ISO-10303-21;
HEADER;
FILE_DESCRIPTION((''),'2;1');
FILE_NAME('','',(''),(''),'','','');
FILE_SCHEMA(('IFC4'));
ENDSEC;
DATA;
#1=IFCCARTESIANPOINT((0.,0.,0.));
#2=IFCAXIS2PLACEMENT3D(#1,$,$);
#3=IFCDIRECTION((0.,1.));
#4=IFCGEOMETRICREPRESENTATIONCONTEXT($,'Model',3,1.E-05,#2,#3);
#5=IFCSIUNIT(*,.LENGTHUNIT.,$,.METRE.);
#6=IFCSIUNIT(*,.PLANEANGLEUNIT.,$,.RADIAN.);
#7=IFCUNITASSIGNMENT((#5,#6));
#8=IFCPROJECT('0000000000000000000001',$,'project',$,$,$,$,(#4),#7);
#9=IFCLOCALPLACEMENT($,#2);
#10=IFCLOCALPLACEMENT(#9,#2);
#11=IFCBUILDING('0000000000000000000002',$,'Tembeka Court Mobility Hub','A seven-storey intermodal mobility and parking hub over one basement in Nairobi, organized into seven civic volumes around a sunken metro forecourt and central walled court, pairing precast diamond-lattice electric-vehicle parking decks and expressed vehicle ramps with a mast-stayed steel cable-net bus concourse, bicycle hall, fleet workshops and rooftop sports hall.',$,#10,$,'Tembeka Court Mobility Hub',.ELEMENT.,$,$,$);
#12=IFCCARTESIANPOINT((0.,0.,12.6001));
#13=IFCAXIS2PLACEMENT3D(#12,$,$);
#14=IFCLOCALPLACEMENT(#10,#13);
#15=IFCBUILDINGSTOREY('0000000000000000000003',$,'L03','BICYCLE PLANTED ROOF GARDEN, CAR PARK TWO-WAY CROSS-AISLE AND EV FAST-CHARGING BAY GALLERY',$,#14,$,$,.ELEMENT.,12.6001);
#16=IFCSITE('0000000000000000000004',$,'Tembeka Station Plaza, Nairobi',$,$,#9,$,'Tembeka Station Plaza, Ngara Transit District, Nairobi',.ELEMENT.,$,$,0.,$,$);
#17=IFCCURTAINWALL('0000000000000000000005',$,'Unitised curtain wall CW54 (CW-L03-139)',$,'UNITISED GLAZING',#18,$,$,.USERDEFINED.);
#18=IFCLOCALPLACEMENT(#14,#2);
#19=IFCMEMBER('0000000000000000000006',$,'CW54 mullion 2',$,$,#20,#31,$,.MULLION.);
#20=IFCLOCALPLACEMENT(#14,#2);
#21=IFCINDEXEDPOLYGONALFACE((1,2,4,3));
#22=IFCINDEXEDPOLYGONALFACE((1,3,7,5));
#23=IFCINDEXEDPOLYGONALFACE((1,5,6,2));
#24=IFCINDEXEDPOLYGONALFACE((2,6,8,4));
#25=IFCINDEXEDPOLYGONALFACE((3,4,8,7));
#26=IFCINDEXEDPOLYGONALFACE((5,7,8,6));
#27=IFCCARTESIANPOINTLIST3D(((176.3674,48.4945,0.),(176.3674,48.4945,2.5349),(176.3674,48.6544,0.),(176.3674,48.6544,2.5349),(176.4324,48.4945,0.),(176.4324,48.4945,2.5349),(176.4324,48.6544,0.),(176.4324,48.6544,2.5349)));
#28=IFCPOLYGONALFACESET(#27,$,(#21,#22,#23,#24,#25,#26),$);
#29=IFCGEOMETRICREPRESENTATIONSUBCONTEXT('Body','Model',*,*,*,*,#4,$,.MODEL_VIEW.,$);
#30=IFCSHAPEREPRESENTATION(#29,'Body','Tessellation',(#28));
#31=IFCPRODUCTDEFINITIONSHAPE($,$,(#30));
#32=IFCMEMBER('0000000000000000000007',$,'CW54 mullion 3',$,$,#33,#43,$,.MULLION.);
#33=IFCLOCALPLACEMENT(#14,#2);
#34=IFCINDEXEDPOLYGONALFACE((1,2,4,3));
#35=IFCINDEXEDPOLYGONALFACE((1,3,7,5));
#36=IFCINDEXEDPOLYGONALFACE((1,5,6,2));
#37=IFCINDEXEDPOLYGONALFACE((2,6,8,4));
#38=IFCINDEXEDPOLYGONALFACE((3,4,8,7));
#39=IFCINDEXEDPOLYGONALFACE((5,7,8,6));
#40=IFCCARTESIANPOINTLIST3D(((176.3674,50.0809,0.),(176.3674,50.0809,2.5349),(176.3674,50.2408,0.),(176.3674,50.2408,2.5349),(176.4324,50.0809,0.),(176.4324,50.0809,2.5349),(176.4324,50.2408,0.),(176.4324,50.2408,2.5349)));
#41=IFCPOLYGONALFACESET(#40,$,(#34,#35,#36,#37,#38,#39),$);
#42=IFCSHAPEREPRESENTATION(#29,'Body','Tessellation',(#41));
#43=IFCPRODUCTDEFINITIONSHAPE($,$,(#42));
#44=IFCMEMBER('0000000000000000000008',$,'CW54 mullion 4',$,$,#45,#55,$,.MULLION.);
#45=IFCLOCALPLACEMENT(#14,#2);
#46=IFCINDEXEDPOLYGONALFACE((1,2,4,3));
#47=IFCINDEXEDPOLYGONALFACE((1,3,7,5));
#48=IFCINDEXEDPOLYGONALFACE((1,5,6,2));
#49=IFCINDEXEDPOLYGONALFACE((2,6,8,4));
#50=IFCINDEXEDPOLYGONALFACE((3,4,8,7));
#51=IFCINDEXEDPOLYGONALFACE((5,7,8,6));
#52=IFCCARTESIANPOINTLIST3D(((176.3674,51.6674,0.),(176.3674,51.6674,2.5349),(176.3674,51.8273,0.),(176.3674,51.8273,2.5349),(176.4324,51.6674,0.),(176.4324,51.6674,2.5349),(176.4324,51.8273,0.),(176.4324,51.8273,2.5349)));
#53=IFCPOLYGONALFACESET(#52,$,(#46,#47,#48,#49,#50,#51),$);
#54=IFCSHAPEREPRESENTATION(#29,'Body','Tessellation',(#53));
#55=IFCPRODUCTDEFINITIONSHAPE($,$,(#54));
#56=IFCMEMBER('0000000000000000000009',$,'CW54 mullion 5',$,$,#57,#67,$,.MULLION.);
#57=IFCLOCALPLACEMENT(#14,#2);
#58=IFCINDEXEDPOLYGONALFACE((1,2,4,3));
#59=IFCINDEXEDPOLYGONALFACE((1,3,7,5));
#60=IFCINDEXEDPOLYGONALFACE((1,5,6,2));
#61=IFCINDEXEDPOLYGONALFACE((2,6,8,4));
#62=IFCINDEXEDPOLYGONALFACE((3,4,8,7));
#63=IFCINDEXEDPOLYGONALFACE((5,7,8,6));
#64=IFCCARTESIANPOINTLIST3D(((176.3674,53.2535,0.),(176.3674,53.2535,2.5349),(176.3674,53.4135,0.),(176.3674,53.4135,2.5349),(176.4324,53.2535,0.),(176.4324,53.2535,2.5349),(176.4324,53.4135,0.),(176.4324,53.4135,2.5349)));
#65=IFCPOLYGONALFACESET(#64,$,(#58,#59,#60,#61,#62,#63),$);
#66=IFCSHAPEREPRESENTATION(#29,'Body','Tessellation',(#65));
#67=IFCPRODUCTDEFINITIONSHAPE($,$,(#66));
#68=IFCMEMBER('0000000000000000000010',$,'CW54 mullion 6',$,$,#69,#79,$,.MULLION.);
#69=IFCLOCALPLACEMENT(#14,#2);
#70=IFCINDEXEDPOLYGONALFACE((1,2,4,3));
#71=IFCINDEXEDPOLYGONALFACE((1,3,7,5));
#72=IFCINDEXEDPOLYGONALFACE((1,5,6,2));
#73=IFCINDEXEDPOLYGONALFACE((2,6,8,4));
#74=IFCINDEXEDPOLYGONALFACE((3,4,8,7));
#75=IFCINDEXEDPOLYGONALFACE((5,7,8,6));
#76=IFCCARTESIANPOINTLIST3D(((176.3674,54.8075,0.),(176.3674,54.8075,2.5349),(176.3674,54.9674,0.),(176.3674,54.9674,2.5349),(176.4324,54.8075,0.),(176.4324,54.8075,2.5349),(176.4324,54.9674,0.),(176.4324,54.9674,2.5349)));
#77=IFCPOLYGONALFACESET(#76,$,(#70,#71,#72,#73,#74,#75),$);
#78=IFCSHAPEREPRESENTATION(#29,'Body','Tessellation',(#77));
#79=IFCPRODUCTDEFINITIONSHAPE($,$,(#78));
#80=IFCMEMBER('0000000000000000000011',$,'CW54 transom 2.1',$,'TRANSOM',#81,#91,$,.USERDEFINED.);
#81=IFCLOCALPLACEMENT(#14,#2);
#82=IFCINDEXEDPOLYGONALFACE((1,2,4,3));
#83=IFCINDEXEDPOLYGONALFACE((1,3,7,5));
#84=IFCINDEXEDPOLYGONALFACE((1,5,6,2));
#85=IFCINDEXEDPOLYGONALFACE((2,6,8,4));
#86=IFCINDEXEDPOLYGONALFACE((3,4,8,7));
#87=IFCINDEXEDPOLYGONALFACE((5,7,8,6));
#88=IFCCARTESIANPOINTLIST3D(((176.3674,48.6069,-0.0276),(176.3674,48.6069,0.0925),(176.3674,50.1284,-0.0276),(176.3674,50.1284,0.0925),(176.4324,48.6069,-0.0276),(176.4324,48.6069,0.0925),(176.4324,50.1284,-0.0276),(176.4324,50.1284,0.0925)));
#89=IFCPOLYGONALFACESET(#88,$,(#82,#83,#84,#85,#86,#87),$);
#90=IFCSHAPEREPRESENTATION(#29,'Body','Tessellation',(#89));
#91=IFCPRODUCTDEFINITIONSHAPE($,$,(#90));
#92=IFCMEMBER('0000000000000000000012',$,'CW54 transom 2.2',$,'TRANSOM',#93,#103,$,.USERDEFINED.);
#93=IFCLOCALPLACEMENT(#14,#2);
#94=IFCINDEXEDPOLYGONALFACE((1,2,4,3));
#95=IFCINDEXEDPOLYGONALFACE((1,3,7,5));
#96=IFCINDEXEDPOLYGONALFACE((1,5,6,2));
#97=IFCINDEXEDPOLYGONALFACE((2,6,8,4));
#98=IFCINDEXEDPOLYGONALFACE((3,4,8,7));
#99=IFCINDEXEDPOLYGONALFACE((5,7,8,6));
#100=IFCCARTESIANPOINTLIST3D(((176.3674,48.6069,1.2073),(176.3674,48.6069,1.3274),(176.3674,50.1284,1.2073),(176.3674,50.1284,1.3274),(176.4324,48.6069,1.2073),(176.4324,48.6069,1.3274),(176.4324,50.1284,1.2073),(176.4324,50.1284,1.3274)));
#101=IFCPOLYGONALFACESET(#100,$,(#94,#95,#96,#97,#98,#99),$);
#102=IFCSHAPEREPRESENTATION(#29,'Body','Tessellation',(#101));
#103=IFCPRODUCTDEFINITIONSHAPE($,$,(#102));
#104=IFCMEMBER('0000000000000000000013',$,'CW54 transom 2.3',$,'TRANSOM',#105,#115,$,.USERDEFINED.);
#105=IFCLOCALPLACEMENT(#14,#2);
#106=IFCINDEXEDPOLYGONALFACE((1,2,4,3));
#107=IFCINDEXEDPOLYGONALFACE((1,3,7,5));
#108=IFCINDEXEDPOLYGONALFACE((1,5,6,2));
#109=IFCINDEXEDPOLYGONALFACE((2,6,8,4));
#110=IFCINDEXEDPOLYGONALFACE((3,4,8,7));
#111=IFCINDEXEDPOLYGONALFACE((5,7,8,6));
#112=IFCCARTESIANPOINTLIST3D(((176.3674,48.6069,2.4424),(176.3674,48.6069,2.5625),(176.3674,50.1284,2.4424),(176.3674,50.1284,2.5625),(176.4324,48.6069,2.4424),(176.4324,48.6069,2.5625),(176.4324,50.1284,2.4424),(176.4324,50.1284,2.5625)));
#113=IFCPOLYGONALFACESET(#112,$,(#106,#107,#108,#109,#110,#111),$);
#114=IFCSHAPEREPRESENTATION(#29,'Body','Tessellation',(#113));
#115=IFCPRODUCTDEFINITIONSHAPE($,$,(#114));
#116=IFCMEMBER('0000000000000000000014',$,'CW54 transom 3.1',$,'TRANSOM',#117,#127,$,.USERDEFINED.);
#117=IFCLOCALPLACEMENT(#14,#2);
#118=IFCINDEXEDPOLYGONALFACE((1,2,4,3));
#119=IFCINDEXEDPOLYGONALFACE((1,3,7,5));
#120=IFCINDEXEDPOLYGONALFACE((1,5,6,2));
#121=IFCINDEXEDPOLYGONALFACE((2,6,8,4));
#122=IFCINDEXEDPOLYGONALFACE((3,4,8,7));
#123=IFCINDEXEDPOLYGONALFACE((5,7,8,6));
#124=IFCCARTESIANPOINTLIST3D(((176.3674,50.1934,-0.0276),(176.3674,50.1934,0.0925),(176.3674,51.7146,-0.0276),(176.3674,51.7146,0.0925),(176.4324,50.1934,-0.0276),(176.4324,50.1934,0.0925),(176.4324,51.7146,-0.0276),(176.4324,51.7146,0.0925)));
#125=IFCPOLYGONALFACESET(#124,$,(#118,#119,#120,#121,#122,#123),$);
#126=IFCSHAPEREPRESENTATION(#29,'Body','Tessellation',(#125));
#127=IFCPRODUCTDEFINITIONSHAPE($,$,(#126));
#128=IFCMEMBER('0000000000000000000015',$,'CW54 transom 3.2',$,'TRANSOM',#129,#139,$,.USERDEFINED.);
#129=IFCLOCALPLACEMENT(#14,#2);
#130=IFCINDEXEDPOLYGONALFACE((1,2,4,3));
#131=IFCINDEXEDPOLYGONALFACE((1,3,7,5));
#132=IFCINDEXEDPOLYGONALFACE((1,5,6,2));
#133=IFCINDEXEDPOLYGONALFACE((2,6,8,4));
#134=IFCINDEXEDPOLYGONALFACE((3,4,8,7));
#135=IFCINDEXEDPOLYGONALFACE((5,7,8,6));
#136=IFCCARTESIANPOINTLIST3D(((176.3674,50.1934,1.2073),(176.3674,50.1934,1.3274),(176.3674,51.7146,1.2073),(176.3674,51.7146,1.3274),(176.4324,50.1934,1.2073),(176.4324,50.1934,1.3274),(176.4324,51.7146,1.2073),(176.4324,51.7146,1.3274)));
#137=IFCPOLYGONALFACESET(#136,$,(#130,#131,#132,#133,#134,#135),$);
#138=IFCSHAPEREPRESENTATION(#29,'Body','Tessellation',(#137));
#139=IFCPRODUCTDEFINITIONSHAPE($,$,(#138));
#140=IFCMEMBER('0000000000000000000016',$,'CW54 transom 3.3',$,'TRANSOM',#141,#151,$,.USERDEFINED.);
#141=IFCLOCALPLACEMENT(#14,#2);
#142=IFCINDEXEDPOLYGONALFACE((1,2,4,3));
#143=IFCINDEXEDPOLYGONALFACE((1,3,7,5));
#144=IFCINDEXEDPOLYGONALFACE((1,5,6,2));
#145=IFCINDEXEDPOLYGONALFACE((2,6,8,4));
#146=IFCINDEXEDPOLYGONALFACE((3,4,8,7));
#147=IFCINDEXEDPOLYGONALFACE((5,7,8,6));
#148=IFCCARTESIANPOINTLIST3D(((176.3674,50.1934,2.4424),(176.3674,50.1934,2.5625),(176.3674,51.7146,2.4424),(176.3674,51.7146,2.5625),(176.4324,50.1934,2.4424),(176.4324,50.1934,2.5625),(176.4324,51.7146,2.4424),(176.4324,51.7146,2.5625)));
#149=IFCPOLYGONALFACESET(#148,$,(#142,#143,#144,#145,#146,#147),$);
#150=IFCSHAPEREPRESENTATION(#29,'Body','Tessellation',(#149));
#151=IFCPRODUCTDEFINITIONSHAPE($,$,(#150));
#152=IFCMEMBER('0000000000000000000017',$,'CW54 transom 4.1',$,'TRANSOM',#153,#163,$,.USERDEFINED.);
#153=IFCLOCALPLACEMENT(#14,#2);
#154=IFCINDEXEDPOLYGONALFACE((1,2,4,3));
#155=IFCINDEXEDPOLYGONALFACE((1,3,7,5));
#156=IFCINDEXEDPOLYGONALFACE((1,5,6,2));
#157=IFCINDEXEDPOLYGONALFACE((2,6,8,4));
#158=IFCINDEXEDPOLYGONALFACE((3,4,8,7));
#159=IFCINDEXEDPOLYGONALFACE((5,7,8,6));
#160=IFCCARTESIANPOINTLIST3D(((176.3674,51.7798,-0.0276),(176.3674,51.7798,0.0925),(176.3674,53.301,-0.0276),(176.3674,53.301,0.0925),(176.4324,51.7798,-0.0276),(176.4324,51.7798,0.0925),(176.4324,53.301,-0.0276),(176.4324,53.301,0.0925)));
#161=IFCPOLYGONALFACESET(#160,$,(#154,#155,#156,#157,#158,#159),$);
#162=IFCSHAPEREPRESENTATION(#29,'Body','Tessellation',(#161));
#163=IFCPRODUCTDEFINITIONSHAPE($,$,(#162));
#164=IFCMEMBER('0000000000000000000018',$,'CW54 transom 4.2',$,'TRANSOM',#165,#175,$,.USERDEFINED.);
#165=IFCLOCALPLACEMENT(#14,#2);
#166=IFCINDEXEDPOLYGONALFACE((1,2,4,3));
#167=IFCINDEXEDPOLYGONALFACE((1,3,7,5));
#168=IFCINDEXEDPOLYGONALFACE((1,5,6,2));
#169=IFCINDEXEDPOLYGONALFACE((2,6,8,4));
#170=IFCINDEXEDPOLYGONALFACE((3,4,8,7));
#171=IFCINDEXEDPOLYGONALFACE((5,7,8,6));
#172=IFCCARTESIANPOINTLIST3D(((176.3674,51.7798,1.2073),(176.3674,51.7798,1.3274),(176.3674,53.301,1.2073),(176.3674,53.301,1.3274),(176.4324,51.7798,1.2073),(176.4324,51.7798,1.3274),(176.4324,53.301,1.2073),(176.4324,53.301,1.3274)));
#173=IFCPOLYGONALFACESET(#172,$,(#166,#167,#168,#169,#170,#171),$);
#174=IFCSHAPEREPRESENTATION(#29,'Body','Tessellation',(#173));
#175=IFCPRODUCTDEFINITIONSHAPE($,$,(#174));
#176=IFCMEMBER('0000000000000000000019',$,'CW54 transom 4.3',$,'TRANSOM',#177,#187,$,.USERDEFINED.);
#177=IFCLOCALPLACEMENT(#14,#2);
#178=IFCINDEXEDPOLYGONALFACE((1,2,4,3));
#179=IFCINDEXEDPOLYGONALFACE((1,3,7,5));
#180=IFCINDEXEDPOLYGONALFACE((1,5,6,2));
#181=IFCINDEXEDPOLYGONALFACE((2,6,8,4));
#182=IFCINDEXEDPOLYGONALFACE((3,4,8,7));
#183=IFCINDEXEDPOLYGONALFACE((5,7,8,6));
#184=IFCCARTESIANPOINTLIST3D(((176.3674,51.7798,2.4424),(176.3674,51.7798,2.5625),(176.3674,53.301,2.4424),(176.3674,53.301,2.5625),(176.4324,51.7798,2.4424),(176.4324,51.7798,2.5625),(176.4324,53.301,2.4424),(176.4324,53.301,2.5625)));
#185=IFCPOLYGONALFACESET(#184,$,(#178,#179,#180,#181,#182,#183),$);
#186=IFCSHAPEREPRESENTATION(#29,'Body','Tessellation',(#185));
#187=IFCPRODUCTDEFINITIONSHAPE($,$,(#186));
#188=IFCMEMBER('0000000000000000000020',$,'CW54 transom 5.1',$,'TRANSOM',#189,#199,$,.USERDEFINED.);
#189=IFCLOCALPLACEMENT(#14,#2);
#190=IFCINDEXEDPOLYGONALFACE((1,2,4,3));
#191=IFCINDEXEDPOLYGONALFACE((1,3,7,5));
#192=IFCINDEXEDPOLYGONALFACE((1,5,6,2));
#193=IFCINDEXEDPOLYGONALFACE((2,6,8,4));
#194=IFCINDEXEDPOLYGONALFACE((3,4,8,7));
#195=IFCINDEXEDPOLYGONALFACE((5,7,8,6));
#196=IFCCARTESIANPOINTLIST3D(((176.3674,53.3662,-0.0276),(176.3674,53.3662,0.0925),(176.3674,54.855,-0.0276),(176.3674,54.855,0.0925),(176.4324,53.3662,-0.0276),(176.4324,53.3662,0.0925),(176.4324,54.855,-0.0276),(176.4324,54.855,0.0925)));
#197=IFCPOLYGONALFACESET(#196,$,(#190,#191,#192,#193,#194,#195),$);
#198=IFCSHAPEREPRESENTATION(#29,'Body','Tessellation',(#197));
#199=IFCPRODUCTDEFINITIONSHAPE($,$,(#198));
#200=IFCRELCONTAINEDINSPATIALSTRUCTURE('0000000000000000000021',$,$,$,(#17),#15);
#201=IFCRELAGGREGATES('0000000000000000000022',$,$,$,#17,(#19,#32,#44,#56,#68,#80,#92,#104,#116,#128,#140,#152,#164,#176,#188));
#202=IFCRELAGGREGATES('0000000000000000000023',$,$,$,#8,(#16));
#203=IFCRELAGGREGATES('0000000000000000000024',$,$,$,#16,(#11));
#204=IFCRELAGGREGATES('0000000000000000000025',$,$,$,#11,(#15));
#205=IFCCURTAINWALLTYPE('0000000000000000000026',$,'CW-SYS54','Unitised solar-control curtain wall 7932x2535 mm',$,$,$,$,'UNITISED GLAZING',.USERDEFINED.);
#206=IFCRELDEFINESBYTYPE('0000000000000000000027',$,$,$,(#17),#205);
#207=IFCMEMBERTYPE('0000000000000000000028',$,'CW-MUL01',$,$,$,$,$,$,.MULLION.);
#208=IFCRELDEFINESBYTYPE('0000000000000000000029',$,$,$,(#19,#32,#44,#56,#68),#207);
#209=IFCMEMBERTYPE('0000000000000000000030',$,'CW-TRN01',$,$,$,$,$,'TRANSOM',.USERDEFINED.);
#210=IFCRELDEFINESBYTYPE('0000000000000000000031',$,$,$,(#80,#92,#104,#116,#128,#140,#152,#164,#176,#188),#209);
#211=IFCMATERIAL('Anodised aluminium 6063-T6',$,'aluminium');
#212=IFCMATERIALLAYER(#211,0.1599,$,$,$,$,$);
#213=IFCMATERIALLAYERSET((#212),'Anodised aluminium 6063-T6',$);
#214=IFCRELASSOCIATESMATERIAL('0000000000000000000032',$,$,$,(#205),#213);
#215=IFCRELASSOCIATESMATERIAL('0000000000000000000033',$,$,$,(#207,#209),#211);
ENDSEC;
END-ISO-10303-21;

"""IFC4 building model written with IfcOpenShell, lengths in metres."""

from ifc_helpers import new_model, si_unit, direction, frame, origin, origin_2d, place, context, subcontext, project, spatial, rectangle, extrude, material, layer, layer_set, material_profile, profile_set, type_object, element, aggregate, save


model = new_model("IFC4")

# Units and contexts
model_context = context("Model", 3, precision=1e-05, world=origin(), true_north=direction((0.0, 1.0)))
body_context = subcontext(model_context, "Body", "Model", "MODEL_VIEW")
ifc_project = project(units=[si_unit("LENGTHUNIT", "METRE"), si_unit("PLANEANGLEUNIT", "RADIAN")], contexts=[model_context])

# Site, building, storey
site_placement = place(None, origin())
site = spatial("IfcSite", under=ifc_project, at=site_placement, Name="Tembeka Station Plaza, Nairobi", LongName="Tembeka Station Plaza, Ngara Transit District, Nairobi", CompositionType="ELEMENT", RefElevation=0.0)
building_placement = place(site_placement, origin())
building = spatial("IfcBuilding", under=site, at=building_placement, Name="Tembeka Court Mobility Hub", Description="A seven-storey intermodal mobility and parking hub over one basement in Nairobi, organized into seven civic volumes around a sunken metro forecourt and central walled court, pairing precast diamond-lattice electric-vehicle parking decks and expressed vehicle ramps with a mast-stayed steel cable-net bus concourse, bicycle hall, fleet workshops and rooftop sports hall.", LongName="Tembeka Court Mobility Hub", CompositionType="ELEMENT")
storey_placement = place(building_placement, frame((0.0, 0.0, 12.6001)))
storey = spatial("IfcBuildingStorey", under=building, at=storey_placement, Name="L03", Description="BICYCLE PLANTED ROOF GARDEN, CAR PARK TWO-WAY CROSS-AISLE AND EV FAST-CHARGING BAY GALLERY", CompositionType="ELEMENT", Elevation=12.6001)

# Curtain wall, members
ifc_material_1 = material(Name="Anodised aluminium 6063-T6", Category="aluminium")
ifc_layer_1 = layer(ifc_material_1, 0.1599)
ifc_layer_set_1 = layer_set([ifc_layer_1], Name="Anodised aluminium 6063-T6")
curtain_wall_type_1 = type_object("IfcCurtainWallType", Name="CW-SYS54", Description="Unitised solar-control curtain wall 7932x2535 mm", ElementType="UNITISED GLAZING", PredefinedType="USERDEFINED", material=ifc_layer_set_1)
curtain_wall_1_placement = place(storey_placement, origin())
curtain_wall_1 = element("IfcCurtainWall", 1, at=curtain_wall_1_placement, inside=storey, type_object=curtain_wall_type_1, Name="Unitised curtain wall CW54 (CW-L03-139)", ObjectType="UNITISED GLAZING", PredefinedType="USERDEFINED")
ifc_material_profile_1 = material_profile(ifc_material_1, rectangle(XDim=0.0649, YDim=0.1599, at=origin_2d()), Name="ALU-MUL 65x160")
ifc_profile_set_1 = profile_set([ifc_material_profile_1], Name="Anodised aluminium 6063-T6")
member_type_1 = type_object("IfcMemberType", Name="CW-MUL01", PredefinedType="MULLION", material=ifc_profile_set_1)
member_1_placement = place(storey_placement, frame((176.3999, 48.5745, 0.0), z_axis=(0.0, 0.0, 1.0), x_axis=(-1.0, 0.0, 0.0)))
member_1 = element("IfcMember", 2, at=member_1_placement, type_object=member_type_1, Name="CW54 mullion 2", PredefinedType="MULLION", context=body_context, shape_type="SweptSolid", body=[
    extrude(rectangle(XDim=0.0649, YDim=0.1599, at=origin_2d()), origin(), (0.0, 0.0, 1.0), 2.5349),
])
member_2_placement = place(storey_placement, frame((176.3999, 50.1609, 0.0), z_axis=(0.0, 0.0, 1.0), x_axis=(-1.0, 0.0, 0.0)))
member_2 = element("IfcMember", 3, at=member_2_placement, type_object=member_type_1, Name="CW54 mullion 3", PredefinedType="MULLION", context=body_context, shape_type="SweptSolid", body=[
    extrude(rectangle(XDim=0.0649, YDim=0.1599, at=origin_2d()), origin(), (0.0, 0.0, 1.0), 2.5349),
])
member_3_placement = place(storey_placement, frame((176.3999, 51.7473, 0.0), z_axis=(0.0, 0.0, 1.0), x_axis=(-1.0, 0.0, 0.0)))
member_3 = element("IfcMember", 4, at=member_3_placement, type_object=member_type_1, Name="CW54 mullion 4", PredefinedType="MULLION", context=body_context, shape_type="SweptSolid", body=[
    extrude(rectangle(XDim=0.0649, YDim=0.1599, at=origin_2d()), origin(), (0.0, 0.0, 1.0), 2.5349),
])
member_4_placement = place(storey_placement, frame((176.3999, 53.3335, 0.0), z_axis=(0.0, 0.0, 1.0), x_axis=(-1.0, 0.0, 0.0)))
member_4 = element("IfcMember", 5, at=member_4_placement, type_object=member_type_1, Name="CW54 mullion 5", PredefinedType="MULLION", context=body_context, shape_type="SweptSolid", body=[
    extrude(rectangle(XDim=0.0649, YDim=0.1599, at=origin_2d()), origin(), (0.0, 0.0, 1.0), 2.5349),
])
member_5_placement = place(storey_placement, frame((176.3999, 54.8875, 0.0), z_axis=(0.0, 0.0, 1.0), x_axis=(-1.0, 0.0, 0.0)))
member_5 = element("IfcMember", 6, at=member_5_placement, type_object=member_type_1, Name="CW54 mullion 6", PredefinedType="MULLION", context=body_context, shape_type="SweptSolid", body=[
    extrude(rectangle(XDim=0.0649, YDim=0.1599, at=origin_2d()), origin(), (0.0, 0.0, 1.0), 2.5349),
])
ifc_material_profile_2 = material_profile(ifc_material_1, rectangle(XDim=0.0649, YDim=0.1201, at=origin_2d()), Name="ALU-TRN 65x120")
ifc_profile_set_2 = profile_set([ifc_material_profile_2], Name="Anodised aluminium 6063-T6")
member_type_2 = type_object("IfcMemberType", Name="CW-TRN01", ElementType="TRANSOM", PredefinedType="USERDEFINED", material=ifc_profile_set_2)
member_6_placement = place(storey_placement, frame((176.3999, 48.6069, 0.0325), z_axis=(0.0, 1.0, 0.0), x_axis=(-1.0, 0.0, 0.0)))
member_6 = element("IfcMember", 7, at=member_6_placement, type_object=member_type_2, Name="CW54 transom 2.1", ObjectType="TRANSOM", PredefinedType="USERDEFINED", context=body_context, shape_type="SweptSolid", body=[
    extrude(rectangle(XDim=0.0649, YDim=0.1201, at=origin_2d()), origin(), (0.0, 0.0, 1.0), 1.5215),
])
member_7_placement = place(storey_placement, frame((176.3999, 48.6069, 1.2673), z_axis=(0.0, 1.0, 0.0), x_axis=(-1.0, 0.0, 0.0)))
member_7 = element("IfcMember", 8, at=member_7_placement, type_object=member_type_2, Name="CW54 transom 2.2", ObjectType="TRANSOM", PredefinedType="USERDEFINED", context=body_context, shape_type="SweptSolid", body=[
    extrude(rectangle(XDim=0.0649, YDim=0.1201, at=origin_2d()), origin(), (0.0, 0.0, 1.0), 1.5215),
])
member_8_placement = place(storey_placement, frame((176.3999, 48.6069, 2.5024), z_axis=(0.0, 1.0, 0.0), x_axis=(-1.0, 0.0, 0.0)))
member_8 = element("IfcMember", 9, at=member_8_placement, type_object=member_type_2, Name="CW54 transom 2.3", ObjectType="TRANSOM", PredefinedType="USERDEFINED", context=body_context, shape_type="SweptSolid", body=[
    extrude(rectangle(XDim=0.0649, YDim=0.1201, at=origin_2d()), origin(), (0.0, 0.0, 1.0), 1.5215),
])
member_9_placement = place(storey_placement, frame((176.3999, 50.1934, 0.0325), z_axis=(0.0, 1.0, 0.0), x_axis=(-1.0, 0.0, 0.0)))
member_9 = element("IfcMember", 10, at=member_9_placement, type_object=member_type_2, Name="CW54 transom 3.1", ObjectType="TRANSOM", PredefinedType="USERDEFINED", context=body_context, shape_type="SweptSolid", body=[
    extrude(rectangle(XDim=0.0649, YDim=0.1201, at=origin_2d()), origin(), (0.0, 0.0, 1.0), 1.5212),
])
member_10_placement = place(storey_placement, frame((176.3999, 50.1934, 1.2673), z_axis=(0.0, 1.0, 0.0), x_axis=(-1.0, 0.0, 0.0)))
member_10 = element("IfcMember", 11, at=member_10_placement, type_object=member_type_2, Name="CW54 transom 3.2", ObjectType="TRANSOM", PredefinedType="USERDEFINED", context=body_context, shape_type="SweptSolid", body=[
    extrude(rectangle(XDim=0.0649, YDim=0.1201, at=origin_2d()), origin(), (0.0, 0.0, 1.0), 1.5212),
])
member_11_placement = place(storey_placement, frame((176.3999, 50.1934, 2.5024), z_axis=(0.0, 1.0, 0.0), x_axis=(-1.0, 0.0, 0.0)))
member_11 = element("IfcMember", 12, at=member_11_placement, type_object=member_type_2, Name="CW54 transom 3.3", ObjectType="TRANSOM", PredefinedType="USERDEFINED", context=body_context, shape_type="SweptSolid", body=[
    extrude(rectangle(XDim=0.0649, YDim=0.1201, at=origin_2d()), origin(), (0.0, 0.0, 1.0), 1.5212),
])
member_12_placement = place(storey_placement, frame((176.3999, 51.7798, 0.0325), z_axis=(0.0, 1.0, 0.0), x_axis=(-1.0, 0.0, 0.0)))
member_12 = element("IfcMember", 13, at=member_12_placement, type_object=member_type_2, Name="CW54 transom 4.1", ObjectType="TRANSOM", PredefinedType="USERDEFINED", context=body_context, shape_type="SweptSolid", body=[
    extrude(rectangle(XDim=0.0649, YDim=0.1201, at=origin_2d()), origin(), (0.0, 0.0, 1.0), 1.5212),
])
member_13_placement = place(storey_placement, frame((176.3999, 51.7798, 1.2673), z_axis=(0.0, 1.0, 0.0), x_axis=(-1.0, 0.0, 0.0)))
member_13 = element("IfcMember", 14, at=member_13_placement, type_object=member_type_2, Name="CW54 transom 4.2", ObjectType="TRANSOM", PredefinedType="USERDEFINED", context=body_context, shape_type="SweptSolid", body=[
    extrude(rectangle(XDim=0.0649, YDim=0.1201, at=origin_2d()), origin(), (0.0, 0.0, 1.0), 1.5212),
])
member_14_placement = place(storey_placement, frame((176.3999, 51.7798, 2.5024), z_axis=(0.0, 1.0, 0.0), x_axis=(-1.0, 0.0, 0.0)))
member_14 = element("IfcMember", 15, at=member_14_placement, type_object=member_type_2, Name="CW54 transom 4.3", ObjectType="TRANSOM", PredefinedType="USERDEFINED", context=body_context, shape_type="SweptSolid", body=[
    extrude(rectangle(XDim=0.0649, YDim=0.1201, at=origin_2d()), origin(), (0.0, 0.0, 1.0), 1.5212),
])
member_15_placement = place(storey_placement, frame((176.3999, 53.3662, 0.0325), z_axis=(0.0, 1.0, 0.0), x_axis=(-1.0, 0.0, 0.0)))
member_15 = element("IfcMember", 16, at=member_15_placement, type_object=member_type_2, Name="CW54 transom 5.1", ObjectType="TRANSOM", PredefinedType="USERDEFINED", context=body_context, shape_type="SweptSolid", body=[
    extrude(rectangle(XDim=0.0649, YDim=0.1201, at=origin_2d()), origin(), (0.0, 0.0, 1.0), 1.4888),
])

aggregate(curtain_wall_1, [member_1, member_2, member_3, member_4, member_5, member_6, member_7, member_8, member_9, member_10, member_11, member_12, member_13, member_14, member_15])

save(model, "model.ifc")
